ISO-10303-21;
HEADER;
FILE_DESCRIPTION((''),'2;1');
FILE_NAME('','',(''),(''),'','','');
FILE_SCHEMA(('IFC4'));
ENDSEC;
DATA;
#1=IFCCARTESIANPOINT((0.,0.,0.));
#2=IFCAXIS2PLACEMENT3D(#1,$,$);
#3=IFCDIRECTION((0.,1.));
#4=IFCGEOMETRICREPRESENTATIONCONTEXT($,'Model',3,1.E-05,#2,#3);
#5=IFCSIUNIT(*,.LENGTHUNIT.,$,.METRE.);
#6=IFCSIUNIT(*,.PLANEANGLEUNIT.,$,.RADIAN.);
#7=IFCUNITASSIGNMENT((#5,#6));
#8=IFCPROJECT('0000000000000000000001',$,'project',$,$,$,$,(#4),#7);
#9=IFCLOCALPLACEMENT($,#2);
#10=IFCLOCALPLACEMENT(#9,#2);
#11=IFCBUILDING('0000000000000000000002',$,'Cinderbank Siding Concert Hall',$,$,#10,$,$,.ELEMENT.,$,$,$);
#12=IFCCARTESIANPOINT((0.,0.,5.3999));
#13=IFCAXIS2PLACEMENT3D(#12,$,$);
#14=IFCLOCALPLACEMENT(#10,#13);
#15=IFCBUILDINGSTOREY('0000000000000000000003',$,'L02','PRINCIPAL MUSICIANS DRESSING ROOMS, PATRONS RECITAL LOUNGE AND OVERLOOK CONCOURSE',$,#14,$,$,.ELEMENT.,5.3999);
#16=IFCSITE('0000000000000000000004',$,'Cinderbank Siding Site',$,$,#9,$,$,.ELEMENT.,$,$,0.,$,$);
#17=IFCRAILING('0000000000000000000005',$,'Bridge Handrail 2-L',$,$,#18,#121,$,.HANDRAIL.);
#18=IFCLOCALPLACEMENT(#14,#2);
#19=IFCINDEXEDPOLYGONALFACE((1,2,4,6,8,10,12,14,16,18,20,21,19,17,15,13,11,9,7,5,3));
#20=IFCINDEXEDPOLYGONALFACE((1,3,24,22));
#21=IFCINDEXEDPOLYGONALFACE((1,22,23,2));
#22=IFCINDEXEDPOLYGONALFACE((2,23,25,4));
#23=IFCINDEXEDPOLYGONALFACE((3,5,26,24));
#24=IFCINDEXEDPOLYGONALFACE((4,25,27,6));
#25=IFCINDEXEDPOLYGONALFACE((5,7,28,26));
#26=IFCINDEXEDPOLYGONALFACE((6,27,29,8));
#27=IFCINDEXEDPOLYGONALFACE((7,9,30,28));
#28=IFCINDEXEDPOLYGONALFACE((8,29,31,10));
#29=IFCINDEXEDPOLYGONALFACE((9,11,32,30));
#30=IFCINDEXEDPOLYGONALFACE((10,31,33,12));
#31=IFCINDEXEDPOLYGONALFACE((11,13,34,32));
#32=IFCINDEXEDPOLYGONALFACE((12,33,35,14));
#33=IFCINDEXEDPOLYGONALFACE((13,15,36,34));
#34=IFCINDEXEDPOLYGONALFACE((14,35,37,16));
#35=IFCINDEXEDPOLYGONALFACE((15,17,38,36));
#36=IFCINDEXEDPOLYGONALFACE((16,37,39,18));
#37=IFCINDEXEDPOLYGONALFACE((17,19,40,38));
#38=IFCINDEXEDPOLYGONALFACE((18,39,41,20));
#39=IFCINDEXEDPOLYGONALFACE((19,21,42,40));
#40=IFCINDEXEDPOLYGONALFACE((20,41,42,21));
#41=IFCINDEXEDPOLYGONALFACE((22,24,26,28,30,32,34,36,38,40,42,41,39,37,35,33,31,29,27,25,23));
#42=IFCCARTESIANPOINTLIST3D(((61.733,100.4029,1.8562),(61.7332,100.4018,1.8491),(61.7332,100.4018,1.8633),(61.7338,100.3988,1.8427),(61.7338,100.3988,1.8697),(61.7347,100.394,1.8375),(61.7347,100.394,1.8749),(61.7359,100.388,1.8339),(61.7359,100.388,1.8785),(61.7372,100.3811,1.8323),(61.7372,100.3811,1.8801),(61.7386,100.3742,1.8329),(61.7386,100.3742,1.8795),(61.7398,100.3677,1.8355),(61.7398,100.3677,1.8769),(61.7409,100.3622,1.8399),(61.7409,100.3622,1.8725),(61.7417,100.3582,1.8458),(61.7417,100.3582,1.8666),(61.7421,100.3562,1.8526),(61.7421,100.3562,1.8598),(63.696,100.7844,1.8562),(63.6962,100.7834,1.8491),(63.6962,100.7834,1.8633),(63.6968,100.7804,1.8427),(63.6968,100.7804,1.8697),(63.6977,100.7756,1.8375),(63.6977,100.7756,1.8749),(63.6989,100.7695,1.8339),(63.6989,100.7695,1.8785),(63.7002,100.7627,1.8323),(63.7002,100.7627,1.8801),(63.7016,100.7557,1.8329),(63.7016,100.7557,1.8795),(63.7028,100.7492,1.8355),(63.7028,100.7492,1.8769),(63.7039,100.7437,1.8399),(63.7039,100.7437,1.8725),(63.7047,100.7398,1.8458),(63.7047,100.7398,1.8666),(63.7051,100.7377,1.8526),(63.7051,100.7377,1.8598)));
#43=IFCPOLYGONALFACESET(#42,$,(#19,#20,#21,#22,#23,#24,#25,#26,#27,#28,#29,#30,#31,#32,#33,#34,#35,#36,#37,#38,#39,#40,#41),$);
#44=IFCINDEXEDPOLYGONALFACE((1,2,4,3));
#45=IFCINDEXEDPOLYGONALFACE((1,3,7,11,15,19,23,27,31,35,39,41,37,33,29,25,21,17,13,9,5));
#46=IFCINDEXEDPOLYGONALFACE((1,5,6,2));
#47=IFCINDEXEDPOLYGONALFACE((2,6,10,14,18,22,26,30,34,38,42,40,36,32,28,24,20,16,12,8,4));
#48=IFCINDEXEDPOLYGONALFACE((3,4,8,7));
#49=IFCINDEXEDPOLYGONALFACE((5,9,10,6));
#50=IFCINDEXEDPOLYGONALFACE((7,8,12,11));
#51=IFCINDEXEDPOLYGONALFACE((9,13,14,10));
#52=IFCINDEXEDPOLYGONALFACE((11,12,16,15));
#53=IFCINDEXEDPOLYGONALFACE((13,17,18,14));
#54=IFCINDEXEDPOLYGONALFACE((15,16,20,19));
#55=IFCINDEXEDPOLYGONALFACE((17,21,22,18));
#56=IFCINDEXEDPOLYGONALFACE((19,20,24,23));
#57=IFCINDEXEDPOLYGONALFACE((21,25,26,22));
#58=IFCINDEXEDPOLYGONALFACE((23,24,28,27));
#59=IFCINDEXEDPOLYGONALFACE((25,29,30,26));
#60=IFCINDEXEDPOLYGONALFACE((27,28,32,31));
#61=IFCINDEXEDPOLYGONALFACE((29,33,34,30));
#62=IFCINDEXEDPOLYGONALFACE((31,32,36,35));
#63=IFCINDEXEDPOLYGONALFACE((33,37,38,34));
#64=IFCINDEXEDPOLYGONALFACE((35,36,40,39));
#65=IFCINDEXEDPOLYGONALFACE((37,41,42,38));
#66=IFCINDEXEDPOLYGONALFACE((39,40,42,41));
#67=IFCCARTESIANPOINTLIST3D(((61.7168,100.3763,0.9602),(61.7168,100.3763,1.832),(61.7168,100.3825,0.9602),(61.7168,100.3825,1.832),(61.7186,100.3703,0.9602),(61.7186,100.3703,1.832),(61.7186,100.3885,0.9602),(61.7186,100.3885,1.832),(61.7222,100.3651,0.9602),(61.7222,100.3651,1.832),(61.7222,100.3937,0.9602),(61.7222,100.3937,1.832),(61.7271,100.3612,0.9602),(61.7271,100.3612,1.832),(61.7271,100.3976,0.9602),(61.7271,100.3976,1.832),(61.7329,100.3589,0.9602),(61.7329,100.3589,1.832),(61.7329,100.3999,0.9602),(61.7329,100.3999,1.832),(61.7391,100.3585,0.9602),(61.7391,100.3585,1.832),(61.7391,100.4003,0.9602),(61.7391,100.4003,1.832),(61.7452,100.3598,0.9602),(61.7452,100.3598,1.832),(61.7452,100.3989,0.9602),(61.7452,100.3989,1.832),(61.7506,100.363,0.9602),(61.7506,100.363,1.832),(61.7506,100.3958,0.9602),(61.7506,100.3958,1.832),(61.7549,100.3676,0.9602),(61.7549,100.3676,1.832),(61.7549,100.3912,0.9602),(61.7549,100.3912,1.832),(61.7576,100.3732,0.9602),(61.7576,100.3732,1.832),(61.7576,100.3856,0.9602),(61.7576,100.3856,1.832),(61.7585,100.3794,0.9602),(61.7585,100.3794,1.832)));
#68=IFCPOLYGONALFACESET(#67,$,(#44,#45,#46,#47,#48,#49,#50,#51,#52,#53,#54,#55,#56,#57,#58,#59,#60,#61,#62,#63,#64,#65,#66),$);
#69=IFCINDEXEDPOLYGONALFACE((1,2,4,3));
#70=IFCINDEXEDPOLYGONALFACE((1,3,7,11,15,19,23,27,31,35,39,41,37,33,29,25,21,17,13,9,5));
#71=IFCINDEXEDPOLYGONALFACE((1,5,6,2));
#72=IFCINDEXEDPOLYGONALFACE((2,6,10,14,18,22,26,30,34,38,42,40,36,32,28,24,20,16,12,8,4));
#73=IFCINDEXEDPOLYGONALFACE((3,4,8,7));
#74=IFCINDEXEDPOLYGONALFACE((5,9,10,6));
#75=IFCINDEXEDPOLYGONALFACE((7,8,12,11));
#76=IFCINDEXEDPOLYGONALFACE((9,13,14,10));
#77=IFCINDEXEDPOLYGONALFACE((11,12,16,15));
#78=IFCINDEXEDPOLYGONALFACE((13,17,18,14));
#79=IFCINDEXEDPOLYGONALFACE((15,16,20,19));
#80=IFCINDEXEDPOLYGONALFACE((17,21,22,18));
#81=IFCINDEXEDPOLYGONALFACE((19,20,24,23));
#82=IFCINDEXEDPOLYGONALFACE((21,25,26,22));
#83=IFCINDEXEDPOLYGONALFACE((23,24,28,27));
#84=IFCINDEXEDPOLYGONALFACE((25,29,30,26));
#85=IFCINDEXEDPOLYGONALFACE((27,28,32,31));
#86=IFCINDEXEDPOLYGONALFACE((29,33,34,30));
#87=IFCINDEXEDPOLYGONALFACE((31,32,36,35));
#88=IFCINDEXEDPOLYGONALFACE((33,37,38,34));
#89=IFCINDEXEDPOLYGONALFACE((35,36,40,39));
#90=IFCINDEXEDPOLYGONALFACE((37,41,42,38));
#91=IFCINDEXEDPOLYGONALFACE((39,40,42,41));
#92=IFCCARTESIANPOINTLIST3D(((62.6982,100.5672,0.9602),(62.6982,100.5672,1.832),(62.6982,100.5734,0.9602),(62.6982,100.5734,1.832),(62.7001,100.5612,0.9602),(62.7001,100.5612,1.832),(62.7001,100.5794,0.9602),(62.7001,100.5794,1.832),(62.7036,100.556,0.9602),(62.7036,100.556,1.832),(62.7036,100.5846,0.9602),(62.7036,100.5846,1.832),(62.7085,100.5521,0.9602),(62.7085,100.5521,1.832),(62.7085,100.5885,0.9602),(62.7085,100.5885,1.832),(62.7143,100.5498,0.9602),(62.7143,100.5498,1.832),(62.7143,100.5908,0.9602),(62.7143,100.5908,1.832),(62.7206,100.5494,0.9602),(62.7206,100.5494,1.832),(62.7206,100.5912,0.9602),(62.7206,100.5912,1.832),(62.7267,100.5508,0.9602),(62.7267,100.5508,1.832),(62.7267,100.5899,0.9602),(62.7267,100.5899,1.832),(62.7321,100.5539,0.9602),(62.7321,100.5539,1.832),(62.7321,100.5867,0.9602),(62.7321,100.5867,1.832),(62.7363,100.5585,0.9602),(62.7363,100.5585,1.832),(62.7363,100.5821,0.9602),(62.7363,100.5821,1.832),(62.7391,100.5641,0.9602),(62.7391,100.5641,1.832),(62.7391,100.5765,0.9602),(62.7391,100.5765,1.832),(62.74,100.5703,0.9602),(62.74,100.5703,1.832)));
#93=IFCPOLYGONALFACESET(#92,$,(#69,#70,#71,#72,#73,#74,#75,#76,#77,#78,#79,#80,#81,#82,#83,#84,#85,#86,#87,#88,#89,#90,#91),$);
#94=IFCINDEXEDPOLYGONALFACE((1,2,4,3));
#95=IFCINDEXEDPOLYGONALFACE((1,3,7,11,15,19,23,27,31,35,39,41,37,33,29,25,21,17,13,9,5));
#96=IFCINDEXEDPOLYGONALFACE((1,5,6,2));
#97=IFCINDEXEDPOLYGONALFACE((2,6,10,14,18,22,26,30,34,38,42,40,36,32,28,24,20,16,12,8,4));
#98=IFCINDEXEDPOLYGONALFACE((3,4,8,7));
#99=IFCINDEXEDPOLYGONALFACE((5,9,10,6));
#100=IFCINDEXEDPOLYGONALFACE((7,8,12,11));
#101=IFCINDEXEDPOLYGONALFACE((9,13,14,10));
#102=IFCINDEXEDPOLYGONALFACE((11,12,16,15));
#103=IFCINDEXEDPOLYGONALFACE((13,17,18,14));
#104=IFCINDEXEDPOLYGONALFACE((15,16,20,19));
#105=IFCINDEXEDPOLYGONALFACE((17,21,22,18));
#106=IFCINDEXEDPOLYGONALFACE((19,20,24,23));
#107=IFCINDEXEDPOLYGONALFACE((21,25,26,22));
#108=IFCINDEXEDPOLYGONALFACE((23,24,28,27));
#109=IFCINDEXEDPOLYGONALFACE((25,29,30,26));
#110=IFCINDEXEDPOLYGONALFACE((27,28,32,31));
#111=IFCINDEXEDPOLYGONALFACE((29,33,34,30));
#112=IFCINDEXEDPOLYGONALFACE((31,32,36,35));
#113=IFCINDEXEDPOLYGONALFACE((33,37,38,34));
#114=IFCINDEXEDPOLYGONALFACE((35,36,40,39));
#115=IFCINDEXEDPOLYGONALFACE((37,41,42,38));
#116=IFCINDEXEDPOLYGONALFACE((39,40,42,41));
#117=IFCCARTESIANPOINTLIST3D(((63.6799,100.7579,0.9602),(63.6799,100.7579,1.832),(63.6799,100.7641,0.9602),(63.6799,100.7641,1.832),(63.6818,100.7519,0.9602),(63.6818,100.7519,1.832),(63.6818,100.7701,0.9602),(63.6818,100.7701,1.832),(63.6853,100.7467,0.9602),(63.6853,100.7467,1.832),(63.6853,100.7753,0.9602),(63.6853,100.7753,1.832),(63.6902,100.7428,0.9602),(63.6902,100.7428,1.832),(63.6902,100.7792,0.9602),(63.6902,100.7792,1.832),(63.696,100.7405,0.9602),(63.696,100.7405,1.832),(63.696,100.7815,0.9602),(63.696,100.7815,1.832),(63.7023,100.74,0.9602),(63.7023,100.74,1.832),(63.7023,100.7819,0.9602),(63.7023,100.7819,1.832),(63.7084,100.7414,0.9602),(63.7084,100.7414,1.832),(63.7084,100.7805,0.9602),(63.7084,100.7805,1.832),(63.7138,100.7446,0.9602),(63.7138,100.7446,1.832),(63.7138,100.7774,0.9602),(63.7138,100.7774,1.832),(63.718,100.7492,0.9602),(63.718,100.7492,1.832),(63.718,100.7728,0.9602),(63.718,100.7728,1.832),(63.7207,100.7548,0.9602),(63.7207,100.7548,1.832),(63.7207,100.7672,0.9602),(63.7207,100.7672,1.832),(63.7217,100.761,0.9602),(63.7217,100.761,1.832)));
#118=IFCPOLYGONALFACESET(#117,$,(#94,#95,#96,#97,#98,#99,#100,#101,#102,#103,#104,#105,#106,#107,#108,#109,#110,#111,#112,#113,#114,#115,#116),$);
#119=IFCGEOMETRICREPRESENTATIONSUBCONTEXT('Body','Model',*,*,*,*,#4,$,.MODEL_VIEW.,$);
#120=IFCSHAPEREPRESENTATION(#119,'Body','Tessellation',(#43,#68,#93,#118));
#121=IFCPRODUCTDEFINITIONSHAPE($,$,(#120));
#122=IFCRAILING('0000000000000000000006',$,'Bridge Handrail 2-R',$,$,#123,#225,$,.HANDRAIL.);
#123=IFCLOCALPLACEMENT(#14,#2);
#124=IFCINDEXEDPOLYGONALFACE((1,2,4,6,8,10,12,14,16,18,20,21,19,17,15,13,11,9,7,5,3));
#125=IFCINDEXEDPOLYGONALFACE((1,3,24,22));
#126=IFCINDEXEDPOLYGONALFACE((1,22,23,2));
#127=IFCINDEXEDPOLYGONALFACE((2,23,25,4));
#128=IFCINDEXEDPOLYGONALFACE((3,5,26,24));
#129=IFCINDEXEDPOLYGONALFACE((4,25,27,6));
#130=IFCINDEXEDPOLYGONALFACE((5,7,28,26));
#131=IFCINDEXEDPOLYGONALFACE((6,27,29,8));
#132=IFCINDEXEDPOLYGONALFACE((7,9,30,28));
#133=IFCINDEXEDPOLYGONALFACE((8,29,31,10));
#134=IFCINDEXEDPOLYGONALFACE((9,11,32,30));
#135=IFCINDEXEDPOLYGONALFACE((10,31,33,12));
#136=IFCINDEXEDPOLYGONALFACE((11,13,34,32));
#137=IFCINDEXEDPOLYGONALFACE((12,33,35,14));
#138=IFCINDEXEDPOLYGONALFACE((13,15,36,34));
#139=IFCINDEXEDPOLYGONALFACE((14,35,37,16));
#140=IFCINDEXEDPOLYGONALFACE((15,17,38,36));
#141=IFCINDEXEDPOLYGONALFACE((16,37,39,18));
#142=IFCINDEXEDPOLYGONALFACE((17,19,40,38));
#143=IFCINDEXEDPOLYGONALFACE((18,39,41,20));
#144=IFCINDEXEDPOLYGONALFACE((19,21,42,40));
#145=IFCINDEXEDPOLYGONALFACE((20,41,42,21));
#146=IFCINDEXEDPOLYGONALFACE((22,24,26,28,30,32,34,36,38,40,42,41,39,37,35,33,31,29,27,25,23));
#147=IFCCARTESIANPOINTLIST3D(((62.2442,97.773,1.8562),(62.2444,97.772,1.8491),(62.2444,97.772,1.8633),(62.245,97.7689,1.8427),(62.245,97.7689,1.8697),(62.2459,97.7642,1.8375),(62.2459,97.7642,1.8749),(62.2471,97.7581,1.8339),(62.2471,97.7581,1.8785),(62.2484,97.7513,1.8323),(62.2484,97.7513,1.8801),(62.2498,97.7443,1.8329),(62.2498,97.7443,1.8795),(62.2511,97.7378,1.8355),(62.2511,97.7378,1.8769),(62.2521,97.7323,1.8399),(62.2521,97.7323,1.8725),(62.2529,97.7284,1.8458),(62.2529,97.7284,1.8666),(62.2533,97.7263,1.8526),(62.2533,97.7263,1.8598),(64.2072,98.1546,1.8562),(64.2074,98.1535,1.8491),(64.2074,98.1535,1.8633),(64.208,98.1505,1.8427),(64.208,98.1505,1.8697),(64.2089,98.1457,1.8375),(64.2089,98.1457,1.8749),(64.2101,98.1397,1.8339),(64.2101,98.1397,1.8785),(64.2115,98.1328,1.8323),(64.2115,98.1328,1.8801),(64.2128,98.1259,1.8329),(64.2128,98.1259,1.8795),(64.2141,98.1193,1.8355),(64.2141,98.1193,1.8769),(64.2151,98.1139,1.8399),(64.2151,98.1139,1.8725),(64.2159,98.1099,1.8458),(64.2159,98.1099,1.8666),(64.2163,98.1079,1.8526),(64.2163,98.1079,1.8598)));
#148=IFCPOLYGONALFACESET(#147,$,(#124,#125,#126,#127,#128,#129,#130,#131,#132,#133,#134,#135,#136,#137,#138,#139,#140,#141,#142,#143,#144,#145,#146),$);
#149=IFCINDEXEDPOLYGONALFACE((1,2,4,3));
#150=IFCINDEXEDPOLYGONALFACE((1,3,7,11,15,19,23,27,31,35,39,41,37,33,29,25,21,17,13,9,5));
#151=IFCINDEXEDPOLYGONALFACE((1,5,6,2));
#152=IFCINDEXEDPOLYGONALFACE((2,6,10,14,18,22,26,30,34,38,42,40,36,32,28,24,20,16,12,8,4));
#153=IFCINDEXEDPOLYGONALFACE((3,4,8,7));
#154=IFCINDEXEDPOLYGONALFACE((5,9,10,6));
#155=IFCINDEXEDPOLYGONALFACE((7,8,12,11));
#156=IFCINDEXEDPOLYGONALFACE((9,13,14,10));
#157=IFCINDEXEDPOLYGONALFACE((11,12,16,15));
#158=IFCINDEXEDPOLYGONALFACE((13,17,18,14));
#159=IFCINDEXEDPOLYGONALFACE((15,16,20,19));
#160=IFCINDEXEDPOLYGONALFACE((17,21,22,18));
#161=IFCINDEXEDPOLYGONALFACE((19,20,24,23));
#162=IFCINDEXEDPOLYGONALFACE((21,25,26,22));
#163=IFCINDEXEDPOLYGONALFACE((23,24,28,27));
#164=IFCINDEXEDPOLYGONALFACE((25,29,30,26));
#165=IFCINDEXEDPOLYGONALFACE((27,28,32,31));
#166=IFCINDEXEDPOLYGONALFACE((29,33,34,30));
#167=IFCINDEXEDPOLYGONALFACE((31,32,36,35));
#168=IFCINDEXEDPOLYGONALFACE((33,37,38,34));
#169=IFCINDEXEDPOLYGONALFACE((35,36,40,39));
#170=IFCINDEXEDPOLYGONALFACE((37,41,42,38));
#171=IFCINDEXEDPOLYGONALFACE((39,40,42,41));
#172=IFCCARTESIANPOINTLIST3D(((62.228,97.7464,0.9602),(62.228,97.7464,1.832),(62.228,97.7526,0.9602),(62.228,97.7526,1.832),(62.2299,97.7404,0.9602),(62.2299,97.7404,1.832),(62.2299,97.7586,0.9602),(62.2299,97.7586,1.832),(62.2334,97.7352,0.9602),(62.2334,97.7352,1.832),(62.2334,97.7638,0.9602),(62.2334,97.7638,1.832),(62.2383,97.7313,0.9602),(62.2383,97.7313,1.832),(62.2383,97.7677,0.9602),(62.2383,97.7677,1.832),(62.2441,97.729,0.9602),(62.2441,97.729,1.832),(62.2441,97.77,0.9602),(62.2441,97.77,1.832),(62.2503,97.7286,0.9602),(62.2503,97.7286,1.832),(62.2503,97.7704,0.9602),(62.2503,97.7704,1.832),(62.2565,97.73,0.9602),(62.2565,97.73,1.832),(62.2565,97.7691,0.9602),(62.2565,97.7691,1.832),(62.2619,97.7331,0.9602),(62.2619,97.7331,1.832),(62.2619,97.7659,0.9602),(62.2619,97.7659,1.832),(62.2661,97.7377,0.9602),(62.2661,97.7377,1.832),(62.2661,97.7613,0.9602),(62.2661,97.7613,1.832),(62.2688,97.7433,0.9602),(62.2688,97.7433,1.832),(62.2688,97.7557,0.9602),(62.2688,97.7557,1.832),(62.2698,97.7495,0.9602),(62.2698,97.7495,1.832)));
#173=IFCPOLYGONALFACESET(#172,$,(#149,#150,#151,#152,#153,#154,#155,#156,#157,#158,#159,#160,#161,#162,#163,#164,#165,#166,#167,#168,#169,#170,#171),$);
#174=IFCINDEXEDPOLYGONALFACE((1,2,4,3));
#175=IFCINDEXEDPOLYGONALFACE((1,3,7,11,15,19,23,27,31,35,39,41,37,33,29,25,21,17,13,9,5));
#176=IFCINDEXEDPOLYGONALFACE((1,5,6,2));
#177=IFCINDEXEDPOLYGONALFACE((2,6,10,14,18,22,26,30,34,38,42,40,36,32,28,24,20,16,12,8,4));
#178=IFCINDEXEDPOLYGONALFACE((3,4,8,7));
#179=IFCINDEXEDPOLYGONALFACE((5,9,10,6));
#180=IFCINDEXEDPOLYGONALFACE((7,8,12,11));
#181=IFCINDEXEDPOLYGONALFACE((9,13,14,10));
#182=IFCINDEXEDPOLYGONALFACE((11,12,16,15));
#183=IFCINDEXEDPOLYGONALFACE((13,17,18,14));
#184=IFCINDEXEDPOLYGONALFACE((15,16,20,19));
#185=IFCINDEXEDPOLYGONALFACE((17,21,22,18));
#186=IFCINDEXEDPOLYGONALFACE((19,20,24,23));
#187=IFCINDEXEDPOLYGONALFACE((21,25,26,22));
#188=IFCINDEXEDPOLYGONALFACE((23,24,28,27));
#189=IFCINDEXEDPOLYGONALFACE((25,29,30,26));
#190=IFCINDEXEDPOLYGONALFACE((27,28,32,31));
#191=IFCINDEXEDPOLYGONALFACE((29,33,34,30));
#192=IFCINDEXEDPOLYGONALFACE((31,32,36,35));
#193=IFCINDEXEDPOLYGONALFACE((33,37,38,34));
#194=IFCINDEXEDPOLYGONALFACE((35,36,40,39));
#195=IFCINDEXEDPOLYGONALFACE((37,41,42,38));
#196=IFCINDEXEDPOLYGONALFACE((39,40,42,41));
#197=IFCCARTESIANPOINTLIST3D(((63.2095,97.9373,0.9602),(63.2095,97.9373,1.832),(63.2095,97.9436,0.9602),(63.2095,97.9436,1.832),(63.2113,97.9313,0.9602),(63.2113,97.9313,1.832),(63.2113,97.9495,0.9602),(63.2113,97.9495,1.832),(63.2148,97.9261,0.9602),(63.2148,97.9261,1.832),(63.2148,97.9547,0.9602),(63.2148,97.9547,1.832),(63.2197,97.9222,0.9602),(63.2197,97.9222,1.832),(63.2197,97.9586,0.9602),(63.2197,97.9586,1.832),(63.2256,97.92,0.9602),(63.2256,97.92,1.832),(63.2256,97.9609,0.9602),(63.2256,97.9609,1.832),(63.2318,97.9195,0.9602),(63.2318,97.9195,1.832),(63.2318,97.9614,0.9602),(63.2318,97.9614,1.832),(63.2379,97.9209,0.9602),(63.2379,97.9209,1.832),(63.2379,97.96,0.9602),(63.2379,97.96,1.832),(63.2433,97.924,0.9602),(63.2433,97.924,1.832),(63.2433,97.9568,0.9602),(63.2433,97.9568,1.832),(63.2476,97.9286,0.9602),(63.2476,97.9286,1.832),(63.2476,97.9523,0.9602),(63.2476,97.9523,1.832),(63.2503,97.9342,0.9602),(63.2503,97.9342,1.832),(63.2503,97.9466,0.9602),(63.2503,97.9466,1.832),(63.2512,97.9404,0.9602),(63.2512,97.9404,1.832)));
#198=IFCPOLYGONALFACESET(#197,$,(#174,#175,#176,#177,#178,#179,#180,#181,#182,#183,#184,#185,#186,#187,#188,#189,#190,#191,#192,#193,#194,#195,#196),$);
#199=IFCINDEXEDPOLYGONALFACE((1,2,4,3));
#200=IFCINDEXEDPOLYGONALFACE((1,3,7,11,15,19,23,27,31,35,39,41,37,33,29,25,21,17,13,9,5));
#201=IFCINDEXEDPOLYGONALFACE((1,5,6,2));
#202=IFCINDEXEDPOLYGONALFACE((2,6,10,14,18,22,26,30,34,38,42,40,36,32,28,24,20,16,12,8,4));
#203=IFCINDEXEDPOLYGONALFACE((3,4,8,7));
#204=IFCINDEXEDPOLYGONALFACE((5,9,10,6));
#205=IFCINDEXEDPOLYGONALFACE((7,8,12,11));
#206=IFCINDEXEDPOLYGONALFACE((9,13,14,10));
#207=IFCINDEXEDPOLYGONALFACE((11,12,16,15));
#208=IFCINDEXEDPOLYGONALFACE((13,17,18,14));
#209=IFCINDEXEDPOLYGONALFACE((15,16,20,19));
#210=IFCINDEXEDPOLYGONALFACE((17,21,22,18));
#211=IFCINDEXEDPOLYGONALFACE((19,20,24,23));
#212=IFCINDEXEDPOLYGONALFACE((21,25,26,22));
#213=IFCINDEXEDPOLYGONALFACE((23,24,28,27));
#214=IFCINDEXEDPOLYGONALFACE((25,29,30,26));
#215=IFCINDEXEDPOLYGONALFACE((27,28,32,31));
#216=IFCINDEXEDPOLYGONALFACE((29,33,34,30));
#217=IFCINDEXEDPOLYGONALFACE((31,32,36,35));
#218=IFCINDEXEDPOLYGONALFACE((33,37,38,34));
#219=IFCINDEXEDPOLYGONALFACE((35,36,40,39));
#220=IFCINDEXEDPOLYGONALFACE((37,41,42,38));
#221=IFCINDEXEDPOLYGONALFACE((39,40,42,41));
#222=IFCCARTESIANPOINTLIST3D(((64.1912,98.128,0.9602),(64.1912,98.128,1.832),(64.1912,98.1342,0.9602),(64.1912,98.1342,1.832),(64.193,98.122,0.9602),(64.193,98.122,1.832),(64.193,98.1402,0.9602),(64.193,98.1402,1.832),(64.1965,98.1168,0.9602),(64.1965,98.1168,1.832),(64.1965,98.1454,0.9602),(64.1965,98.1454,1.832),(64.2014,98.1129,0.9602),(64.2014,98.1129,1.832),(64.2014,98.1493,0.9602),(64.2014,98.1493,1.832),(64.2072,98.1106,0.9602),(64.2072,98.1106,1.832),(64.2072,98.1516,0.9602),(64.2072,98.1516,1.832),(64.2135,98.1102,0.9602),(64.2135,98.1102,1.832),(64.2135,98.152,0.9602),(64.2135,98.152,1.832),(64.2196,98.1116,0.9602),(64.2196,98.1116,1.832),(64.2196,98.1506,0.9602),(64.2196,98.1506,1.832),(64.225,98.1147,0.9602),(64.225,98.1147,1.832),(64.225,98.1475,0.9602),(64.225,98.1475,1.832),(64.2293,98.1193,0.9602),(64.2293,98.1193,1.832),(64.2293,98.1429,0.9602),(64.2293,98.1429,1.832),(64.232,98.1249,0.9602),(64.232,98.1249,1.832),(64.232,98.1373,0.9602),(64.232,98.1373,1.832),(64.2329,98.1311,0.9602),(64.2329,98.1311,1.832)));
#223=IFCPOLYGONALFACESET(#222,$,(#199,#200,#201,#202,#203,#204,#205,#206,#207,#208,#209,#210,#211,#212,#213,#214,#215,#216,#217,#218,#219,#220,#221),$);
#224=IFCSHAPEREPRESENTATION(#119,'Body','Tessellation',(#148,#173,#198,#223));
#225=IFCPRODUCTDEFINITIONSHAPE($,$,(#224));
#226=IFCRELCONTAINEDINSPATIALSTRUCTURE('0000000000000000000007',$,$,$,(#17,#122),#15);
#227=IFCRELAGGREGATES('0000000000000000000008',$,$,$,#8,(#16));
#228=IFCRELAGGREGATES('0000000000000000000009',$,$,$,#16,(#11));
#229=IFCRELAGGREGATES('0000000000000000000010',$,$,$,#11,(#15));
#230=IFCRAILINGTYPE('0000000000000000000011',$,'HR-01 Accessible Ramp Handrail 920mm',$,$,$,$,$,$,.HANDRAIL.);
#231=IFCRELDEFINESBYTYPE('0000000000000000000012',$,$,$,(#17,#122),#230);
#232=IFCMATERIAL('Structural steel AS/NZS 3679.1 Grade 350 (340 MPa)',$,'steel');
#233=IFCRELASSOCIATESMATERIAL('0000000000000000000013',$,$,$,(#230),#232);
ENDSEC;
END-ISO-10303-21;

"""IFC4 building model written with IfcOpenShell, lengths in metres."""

from ifc_helpers import new_model, si_unit, direction, frame, origin, origin_2d, place, context, subcontext, project, spatial, circle, extrude, material, type_object, element, save


model = new_model("IFC4")

# Units and contexts
model_context = context("Model", 3, precision=1e-05, world=origin(), true_north=direction((0.0, 1.0)))
body_context = subcontext(model_context, "Body", "Model", "MODEL_VIEW")
ifc_project = project(units=[si_unit("LENGTHUNIT", "METRE"), si_unit("PLANEANGLEUNIT", "RADIAN")], contexts=[model_context])

# Site, building, storey
site_placement = place(None, origin())
site = spatial("IfcSite", under=ifc_project, at=site_placement, Name="Cinderbank Siding Site", CompositionType="ELEMENT", RefElevation=0.0)
building_placement = place(site_placement, origin())
building = spatial("IfcBuilding", under=site, at=building_placement, Name="Cinderbank Siding Concert Hall", CompositionType="ELEMENT")
storey_placement = place(building_placement, frame((0.0, 0.0, 5.3999)))
storey = spatial("IfcBuildingStorey", under=building, at=storey_placement, Name="L02", Description="PRINCIPAL MUSICIANS DRESSING ROOMS, PATRONS RECITAL LOUNGE AND OVERLOOK CONCOURSE", CompositionType="ELEMENT", Elevation=5.3999)

# Shared definitions
ifc_material_1 = material(Name="Structural steel AS/NZS 3679.1 Grade 350 (340 MPa)", Category="steel")

# Railings
railing_type_1 = type_object("IfcRailingType", Name="HR-01 Accessible Ramp Handrail 920mm", PredefinedType="HANDRAIL", material=ifc_material_1)
for number, where, name in (
    (1, (61.7375, 100.3794, 0.9602), "Bridge Handrail 2-L"),
    (2, (62.2488, 97.7495, 0.9602), "Bridge Handrail 2-R"),
):
    element("IfcRailing", number, at=place(storey_placement, frame(where)), inside=storey, type_object=railing_type_1, Name=name, PredefinedType="HANDRAIL", context=body_context, shape_type="SweptSolid", body=[
        extrude(circle(Radius=0.0239, at=origin_2d()), frame((0.0, 0.0, 0.896), z_axis=(0.981627, 0.190808, 0.0), x_axis=(-0.190808, 0.981627, 0.0)), (0.0, 0.0, 1.0), 1.9998),
        extrude(circle(Radius=0.021, at=origin_2d()), origin(), (0.0, 0.0, 1.0), 0.8718),
        extrude(circle(Radius=0.021, at=origin_2d()), frame((0.9814, 0.1909, 0.0)), (0.0, 0.0, 1.0), 0.8718),
        extrude(circle(Radius=0.021, at=origin_2d()), frame((1.9631, 0.3816, 0.0)), (0.0, 0.0, 1.0), 0.8718),
    ])

save(model, "model.ifc")
